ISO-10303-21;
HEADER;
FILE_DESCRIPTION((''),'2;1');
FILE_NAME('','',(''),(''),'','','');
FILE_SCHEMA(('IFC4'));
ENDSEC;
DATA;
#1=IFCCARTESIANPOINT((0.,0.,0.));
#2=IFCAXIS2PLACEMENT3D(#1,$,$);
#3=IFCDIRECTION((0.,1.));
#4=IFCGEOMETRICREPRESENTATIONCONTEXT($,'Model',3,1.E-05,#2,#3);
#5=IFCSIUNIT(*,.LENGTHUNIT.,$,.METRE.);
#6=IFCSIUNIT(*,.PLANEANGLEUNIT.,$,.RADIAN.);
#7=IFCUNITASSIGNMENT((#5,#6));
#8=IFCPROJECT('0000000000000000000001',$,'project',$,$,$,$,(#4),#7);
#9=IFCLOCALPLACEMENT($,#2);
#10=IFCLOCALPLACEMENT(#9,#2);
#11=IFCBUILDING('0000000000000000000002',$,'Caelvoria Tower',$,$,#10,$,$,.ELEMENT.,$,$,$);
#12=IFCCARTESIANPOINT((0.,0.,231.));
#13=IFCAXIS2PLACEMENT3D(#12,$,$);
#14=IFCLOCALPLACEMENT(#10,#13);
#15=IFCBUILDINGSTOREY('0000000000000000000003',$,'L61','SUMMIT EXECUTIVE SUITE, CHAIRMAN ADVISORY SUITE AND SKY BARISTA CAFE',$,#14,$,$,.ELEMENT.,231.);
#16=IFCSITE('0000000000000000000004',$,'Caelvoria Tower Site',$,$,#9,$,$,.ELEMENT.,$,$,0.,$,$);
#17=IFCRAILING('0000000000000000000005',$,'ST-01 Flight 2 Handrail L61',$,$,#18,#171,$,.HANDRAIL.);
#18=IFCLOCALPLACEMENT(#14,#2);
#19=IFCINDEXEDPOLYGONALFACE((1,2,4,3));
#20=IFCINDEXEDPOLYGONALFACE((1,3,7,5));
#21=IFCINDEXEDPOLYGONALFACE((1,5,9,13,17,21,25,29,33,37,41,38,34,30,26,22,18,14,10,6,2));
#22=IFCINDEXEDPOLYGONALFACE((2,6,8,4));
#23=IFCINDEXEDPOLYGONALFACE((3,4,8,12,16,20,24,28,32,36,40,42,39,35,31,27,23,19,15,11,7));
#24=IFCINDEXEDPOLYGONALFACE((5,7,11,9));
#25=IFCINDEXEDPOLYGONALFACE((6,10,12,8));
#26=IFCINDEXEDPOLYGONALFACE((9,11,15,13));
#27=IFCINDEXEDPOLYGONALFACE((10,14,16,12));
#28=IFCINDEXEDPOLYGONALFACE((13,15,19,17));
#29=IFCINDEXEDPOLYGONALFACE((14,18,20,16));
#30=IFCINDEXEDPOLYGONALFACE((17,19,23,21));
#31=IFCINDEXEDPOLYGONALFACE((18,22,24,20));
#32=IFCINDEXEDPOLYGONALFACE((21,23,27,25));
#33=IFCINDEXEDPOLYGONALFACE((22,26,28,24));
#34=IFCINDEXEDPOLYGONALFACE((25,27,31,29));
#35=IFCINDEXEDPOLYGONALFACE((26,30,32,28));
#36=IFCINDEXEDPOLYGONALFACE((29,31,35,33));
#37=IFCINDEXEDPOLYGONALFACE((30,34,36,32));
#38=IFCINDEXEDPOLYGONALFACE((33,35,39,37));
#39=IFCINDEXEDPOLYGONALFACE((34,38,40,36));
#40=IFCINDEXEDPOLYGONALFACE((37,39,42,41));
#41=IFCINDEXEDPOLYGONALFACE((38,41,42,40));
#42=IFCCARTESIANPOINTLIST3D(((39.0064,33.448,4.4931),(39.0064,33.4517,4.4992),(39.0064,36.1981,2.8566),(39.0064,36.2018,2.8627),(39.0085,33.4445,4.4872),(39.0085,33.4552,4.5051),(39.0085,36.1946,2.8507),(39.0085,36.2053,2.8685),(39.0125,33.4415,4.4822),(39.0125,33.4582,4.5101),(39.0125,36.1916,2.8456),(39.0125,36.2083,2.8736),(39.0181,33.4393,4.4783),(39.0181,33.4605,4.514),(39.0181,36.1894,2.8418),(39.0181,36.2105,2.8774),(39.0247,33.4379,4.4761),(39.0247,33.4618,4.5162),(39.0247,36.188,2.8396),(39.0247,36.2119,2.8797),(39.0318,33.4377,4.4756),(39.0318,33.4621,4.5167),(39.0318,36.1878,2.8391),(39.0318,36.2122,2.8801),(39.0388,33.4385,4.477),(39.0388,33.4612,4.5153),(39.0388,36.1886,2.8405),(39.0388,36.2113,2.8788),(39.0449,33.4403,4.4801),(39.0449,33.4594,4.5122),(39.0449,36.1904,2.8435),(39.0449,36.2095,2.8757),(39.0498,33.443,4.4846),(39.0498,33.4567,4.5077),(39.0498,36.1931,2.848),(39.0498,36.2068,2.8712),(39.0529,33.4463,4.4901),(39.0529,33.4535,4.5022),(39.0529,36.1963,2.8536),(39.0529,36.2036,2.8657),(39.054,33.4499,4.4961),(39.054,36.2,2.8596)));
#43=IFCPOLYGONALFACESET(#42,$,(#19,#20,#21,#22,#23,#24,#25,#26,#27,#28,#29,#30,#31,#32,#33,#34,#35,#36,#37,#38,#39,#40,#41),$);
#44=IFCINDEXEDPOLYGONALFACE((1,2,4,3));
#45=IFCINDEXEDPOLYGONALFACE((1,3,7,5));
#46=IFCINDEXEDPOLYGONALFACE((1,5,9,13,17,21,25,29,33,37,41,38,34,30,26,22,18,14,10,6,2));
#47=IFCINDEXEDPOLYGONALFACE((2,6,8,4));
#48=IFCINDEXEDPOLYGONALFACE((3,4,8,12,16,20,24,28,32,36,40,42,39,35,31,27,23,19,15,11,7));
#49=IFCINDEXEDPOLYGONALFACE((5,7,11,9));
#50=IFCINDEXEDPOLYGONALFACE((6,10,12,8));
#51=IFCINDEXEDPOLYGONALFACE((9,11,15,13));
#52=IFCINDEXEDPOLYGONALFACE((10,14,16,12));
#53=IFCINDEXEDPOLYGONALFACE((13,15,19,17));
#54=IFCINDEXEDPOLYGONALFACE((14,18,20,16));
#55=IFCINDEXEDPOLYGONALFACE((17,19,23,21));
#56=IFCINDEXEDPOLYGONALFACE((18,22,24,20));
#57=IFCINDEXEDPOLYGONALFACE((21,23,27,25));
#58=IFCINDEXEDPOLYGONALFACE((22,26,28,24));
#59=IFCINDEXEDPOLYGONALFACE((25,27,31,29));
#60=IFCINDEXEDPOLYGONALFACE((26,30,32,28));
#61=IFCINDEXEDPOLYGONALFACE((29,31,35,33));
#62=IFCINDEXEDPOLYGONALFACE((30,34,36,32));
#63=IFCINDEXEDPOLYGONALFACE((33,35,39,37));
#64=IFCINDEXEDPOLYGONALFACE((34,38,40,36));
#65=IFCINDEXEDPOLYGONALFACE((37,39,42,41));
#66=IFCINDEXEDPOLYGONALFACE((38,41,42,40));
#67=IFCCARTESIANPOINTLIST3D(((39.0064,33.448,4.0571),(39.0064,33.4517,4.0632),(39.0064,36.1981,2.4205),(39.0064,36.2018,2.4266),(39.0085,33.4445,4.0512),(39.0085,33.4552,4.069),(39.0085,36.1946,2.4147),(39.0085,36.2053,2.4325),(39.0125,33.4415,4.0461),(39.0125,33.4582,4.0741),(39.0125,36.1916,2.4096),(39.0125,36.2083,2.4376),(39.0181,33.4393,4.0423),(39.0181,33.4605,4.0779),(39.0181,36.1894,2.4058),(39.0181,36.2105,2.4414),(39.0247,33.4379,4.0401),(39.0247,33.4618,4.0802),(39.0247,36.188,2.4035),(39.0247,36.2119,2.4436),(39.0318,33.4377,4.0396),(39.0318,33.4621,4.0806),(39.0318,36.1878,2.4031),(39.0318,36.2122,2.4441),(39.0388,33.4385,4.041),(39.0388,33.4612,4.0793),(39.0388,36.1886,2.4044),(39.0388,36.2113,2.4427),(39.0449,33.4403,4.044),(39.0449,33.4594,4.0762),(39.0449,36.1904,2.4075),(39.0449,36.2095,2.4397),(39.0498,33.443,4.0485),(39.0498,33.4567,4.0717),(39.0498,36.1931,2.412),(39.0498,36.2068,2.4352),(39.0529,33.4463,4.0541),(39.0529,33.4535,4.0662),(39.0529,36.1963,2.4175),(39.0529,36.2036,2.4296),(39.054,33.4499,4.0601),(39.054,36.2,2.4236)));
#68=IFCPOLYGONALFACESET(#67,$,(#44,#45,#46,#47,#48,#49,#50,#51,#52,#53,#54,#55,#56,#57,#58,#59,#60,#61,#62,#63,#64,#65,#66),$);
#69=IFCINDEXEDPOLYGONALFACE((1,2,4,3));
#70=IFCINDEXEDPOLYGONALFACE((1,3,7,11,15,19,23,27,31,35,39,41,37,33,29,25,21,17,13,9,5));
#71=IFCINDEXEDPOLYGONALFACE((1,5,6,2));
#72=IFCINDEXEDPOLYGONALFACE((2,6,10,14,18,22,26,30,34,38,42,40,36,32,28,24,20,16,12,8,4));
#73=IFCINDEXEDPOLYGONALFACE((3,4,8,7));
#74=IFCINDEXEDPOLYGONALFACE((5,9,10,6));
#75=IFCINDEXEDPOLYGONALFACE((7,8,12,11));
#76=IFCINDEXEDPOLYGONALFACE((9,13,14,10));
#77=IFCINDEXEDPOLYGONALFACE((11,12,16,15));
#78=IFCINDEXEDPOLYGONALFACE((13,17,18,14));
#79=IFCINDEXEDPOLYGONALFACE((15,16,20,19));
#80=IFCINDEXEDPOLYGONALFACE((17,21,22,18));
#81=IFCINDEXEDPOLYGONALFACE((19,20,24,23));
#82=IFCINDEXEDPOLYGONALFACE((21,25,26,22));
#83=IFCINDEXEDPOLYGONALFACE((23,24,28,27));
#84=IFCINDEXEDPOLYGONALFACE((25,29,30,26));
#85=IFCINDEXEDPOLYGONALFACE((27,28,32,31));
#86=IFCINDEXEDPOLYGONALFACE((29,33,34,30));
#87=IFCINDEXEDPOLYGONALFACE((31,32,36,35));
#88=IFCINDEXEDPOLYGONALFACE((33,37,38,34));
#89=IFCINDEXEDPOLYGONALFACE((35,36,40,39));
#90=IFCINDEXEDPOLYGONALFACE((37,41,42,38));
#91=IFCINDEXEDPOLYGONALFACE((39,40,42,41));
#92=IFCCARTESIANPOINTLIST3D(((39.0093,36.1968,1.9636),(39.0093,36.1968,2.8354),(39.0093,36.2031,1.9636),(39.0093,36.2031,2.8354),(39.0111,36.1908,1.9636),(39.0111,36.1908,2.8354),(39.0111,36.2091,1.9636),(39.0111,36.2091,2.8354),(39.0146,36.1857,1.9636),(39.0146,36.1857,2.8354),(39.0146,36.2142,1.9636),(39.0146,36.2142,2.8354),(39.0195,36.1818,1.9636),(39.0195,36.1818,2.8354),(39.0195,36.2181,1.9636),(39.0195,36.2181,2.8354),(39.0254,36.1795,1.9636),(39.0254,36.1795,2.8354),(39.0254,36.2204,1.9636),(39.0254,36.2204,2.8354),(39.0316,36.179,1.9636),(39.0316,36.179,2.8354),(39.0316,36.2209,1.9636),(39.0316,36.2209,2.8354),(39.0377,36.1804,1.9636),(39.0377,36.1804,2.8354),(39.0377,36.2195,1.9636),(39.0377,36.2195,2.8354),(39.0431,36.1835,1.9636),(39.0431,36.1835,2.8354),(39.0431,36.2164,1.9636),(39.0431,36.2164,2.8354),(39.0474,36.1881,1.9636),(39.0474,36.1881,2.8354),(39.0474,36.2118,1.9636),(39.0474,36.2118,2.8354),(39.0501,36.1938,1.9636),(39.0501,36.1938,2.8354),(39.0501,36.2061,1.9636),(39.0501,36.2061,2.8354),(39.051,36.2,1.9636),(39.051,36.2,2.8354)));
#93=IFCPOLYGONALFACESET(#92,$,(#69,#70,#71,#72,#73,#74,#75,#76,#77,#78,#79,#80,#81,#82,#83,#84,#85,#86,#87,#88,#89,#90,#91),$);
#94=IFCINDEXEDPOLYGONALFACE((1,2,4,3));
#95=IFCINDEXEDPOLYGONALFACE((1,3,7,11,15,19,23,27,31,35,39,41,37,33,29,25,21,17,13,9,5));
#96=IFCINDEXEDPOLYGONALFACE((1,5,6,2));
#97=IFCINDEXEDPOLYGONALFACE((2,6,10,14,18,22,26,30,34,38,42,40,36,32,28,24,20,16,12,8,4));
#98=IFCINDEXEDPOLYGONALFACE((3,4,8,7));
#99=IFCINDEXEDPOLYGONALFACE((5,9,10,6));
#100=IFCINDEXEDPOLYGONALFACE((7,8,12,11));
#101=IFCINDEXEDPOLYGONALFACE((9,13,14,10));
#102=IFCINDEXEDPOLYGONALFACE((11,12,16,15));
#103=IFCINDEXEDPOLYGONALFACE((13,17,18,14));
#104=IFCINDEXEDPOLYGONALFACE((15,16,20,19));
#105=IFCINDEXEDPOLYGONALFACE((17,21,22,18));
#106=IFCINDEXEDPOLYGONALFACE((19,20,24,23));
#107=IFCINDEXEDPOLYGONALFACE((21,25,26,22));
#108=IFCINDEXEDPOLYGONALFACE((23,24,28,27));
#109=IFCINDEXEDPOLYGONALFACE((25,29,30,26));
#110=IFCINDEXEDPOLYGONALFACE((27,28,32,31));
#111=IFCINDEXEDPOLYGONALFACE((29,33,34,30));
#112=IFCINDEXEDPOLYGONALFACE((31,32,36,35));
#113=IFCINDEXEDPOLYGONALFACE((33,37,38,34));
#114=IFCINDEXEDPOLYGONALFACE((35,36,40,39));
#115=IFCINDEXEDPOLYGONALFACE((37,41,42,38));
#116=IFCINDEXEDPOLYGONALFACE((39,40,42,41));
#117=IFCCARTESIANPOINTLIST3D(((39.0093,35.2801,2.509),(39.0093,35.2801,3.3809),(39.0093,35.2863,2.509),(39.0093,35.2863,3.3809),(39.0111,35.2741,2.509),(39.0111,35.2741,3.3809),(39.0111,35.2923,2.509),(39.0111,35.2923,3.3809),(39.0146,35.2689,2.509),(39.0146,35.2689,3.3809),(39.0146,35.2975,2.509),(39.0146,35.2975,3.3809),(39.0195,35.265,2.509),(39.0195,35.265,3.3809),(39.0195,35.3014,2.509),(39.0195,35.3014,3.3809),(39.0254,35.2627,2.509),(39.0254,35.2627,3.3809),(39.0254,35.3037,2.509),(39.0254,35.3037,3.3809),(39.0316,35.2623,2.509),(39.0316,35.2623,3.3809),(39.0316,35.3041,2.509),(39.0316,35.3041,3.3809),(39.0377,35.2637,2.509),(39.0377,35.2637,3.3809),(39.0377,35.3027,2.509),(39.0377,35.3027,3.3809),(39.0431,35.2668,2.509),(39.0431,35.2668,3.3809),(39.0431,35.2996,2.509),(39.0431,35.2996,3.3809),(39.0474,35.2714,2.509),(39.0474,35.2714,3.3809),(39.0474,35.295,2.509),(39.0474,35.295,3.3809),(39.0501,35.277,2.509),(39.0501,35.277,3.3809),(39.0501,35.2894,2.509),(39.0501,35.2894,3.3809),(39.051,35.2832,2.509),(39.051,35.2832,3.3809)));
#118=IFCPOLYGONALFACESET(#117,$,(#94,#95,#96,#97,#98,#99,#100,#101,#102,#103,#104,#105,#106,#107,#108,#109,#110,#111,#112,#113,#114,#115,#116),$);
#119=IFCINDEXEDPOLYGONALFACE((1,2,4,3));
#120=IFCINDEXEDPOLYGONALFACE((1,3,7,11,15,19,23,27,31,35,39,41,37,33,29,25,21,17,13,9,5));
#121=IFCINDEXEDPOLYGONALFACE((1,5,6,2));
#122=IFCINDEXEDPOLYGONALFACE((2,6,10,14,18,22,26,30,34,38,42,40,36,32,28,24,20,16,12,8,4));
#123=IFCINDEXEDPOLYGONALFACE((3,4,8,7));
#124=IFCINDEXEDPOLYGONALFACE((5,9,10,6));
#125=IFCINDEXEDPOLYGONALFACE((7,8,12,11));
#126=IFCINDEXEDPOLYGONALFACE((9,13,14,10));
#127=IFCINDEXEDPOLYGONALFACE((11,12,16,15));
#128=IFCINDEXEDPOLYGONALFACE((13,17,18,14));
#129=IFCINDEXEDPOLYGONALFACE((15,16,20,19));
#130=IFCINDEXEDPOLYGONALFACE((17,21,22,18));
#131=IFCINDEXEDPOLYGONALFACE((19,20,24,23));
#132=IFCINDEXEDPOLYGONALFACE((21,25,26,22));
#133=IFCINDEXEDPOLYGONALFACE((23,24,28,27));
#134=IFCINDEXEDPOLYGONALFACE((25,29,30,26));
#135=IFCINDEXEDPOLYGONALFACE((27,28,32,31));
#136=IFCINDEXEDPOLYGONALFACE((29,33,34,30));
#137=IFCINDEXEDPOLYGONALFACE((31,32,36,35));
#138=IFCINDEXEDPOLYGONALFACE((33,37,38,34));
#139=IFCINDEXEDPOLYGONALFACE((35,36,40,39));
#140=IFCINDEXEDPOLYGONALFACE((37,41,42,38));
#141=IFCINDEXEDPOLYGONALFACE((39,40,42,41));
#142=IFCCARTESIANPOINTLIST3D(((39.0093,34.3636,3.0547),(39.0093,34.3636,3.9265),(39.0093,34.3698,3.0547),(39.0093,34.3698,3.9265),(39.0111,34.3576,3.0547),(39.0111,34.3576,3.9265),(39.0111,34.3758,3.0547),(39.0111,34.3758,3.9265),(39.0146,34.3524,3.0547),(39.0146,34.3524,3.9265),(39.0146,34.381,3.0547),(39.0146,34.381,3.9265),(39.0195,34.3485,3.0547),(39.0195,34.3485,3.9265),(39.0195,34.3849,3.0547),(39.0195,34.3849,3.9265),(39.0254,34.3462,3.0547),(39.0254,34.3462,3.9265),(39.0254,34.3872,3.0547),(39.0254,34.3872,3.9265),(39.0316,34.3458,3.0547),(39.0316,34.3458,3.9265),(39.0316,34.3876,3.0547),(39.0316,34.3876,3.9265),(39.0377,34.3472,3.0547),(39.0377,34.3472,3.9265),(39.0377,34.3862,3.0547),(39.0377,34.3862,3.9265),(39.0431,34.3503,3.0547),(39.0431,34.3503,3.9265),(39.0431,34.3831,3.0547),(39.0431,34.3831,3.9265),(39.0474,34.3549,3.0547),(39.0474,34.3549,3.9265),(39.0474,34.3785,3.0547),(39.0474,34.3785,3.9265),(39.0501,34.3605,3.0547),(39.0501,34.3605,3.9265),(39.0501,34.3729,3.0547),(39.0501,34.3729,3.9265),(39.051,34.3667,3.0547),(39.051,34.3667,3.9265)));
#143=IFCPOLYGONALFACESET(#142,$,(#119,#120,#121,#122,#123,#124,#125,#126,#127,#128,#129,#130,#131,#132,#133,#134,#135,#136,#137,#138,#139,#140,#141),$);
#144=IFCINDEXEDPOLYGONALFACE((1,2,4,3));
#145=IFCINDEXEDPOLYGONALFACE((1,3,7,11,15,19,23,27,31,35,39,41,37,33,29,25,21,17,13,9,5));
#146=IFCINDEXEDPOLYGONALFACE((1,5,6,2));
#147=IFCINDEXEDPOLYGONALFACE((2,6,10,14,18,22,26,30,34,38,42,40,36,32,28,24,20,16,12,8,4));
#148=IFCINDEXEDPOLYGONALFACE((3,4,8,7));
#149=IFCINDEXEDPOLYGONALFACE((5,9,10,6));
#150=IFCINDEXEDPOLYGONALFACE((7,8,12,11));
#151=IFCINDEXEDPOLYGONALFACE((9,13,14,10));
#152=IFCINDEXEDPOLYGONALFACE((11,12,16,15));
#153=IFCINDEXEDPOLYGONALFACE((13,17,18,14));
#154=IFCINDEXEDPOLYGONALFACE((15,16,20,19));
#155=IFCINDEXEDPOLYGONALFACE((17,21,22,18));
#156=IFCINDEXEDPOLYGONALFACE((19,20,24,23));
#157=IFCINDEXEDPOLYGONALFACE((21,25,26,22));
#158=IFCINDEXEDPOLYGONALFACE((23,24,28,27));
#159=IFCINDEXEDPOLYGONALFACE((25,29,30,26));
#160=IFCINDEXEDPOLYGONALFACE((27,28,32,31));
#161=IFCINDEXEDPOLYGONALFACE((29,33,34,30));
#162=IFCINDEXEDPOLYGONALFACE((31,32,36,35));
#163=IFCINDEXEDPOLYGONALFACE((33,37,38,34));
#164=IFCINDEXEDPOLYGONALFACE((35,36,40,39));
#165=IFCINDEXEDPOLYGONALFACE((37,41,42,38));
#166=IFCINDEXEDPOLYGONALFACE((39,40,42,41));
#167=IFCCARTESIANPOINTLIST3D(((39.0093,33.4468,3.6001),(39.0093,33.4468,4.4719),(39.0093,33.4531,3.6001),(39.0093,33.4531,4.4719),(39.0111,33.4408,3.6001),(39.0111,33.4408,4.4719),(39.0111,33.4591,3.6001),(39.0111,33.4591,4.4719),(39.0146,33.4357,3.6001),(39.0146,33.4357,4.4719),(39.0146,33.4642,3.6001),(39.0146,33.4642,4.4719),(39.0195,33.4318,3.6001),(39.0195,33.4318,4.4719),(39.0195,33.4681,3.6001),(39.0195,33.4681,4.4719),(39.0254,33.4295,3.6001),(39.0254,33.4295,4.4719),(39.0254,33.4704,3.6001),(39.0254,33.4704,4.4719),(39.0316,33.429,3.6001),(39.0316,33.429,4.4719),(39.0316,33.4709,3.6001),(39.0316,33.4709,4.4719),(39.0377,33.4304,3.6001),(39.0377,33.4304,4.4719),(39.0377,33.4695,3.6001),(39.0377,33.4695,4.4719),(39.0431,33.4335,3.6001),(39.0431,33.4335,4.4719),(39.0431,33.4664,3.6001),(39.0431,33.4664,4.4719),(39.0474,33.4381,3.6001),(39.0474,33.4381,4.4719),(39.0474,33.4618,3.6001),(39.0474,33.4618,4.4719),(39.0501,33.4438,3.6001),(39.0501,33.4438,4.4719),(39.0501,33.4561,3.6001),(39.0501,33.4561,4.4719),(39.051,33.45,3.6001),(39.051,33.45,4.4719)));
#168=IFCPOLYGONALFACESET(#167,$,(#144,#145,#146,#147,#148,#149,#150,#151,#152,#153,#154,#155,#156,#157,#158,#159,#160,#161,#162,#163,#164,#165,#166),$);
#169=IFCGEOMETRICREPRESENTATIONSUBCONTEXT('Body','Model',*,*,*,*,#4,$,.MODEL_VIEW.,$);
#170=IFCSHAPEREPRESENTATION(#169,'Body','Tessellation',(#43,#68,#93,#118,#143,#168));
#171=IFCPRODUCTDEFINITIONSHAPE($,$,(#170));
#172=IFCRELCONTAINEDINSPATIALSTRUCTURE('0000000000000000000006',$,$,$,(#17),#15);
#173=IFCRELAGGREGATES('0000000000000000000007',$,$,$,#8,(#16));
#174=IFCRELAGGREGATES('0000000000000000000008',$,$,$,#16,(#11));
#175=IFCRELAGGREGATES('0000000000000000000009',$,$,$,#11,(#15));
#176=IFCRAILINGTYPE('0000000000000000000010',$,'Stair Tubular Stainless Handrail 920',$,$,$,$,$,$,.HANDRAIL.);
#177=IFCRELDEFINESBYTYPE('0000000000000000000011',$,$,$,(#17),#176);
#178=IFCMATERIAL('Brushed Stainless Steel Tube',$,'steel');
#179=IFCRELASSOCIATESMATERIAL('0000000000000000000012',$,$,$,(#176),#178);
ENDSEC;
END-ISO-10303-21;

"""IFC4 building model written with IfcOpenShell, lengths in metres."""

from ifc_helpers import new_model, si_unit, direction, frame, origin, origin_2d, place, context, subcontext, project, spatial, circle, extrude, material, type_object, element, save


model = new_model("IFC4")

# Units and contexts
model_context = context("Model", 3, precision=1e-05, world=origin(), true_north=direction((0.0, 1.0)))
body_context = subcontext(model_context, "Body", "Model", "MODEL_VIEW")
ifc_project = project(units=[si_unit("LENGTHUNIT", "METRE"), si_unit("PLANEANGLEUNIT", "RADIAN")], contexts=[model_context])

# Site, building, storey
site_placement = place(None, origin())
site = spatial("IfcSite", under=ifc_project, at=site_placement, Name="Caelvoria Tower Site", CompositionType="ELEMENT", RefElevation=0.0)
building_placement = place(site_placement, origin())
building = spatial("IfcBuilding", under=site, at=building_placement, Name="Caelvoria Tower", CompositionType="ELEMENT")
storey_placement = place(building_placement, frame((0.0, 0.0, 231.0)))
storey = spatial("IfcBuildingStorey", under=building, at=storey_placement, Name="L61", Description="SUMMIT EXECUTIVE SUITE, CHAIRMAN ADVISORY SUITE AND SKY BARISTA CAFE", CompositionType="ELEMENT", Elevation=231.0)

# Railing
ifc_material_1 = material(Name="Brushed Stainless Steel Tube", Category="steel")
railing_type_1 = type_object("IfcRailingType", Name="Stair Tubular Stainless Handrail 920", PredefinedType="HANDRAIL", material=ifc_material_1)
railing_1_placement = place(storey_placement, frame((39.03, 36.2, 1.9636)))
element("IfcRailing", 1, at=railing_1_placement, inside=storey, type_object=railing_type_1, Name="ST-01 Flight 2 Handrail L61", PredefinedType="HANDRAIL", context=body_context, shape_type="SweptSolid", body=[
    extrude(circle(Radius=0.0239, at=origin_2d()), frame((0.0, 0.0, 0.896), z_axis=(0.0, -0.859352, 0.511385), x_axis=(1.0, 0.0, 0.0)), (0.0, 0.0, 1.0), 3.2002),
    extrude(circle(Radius=0.0239, at=origin_2d()), frame((0.0, 0.0, 0.46), z_axis=(0.0, -0.859352, 0.511385), x_axis=(1.0, 0.0, 0.0)), (0.0, 0.0, 1.0), 3.2002),
    extrude(circle(Radius=0.021, at=origin_2d()), origin(), (0.0, 0.0, 1.0), 0.8718),
    extrude(circle(Radius=0.021, at=origin_2d()), frame((0.0, -0.9167, 0.5454)), (0.0, 0.0, 1.0), 0.8718),
    extrude(circle(Radius=0.021, at=origin_2d()), frame((0.0, -1.8333, 1.0911)), (0.0, 0.0, 1.0), 0.8718),
    extrude(circle(Radius=0.021, at=origin_2d()), frame((0.0, -2.75, 1.6365)), (0.0, 0.0, 1.0), 0.8718),
])

save(model, "model.ifc")
